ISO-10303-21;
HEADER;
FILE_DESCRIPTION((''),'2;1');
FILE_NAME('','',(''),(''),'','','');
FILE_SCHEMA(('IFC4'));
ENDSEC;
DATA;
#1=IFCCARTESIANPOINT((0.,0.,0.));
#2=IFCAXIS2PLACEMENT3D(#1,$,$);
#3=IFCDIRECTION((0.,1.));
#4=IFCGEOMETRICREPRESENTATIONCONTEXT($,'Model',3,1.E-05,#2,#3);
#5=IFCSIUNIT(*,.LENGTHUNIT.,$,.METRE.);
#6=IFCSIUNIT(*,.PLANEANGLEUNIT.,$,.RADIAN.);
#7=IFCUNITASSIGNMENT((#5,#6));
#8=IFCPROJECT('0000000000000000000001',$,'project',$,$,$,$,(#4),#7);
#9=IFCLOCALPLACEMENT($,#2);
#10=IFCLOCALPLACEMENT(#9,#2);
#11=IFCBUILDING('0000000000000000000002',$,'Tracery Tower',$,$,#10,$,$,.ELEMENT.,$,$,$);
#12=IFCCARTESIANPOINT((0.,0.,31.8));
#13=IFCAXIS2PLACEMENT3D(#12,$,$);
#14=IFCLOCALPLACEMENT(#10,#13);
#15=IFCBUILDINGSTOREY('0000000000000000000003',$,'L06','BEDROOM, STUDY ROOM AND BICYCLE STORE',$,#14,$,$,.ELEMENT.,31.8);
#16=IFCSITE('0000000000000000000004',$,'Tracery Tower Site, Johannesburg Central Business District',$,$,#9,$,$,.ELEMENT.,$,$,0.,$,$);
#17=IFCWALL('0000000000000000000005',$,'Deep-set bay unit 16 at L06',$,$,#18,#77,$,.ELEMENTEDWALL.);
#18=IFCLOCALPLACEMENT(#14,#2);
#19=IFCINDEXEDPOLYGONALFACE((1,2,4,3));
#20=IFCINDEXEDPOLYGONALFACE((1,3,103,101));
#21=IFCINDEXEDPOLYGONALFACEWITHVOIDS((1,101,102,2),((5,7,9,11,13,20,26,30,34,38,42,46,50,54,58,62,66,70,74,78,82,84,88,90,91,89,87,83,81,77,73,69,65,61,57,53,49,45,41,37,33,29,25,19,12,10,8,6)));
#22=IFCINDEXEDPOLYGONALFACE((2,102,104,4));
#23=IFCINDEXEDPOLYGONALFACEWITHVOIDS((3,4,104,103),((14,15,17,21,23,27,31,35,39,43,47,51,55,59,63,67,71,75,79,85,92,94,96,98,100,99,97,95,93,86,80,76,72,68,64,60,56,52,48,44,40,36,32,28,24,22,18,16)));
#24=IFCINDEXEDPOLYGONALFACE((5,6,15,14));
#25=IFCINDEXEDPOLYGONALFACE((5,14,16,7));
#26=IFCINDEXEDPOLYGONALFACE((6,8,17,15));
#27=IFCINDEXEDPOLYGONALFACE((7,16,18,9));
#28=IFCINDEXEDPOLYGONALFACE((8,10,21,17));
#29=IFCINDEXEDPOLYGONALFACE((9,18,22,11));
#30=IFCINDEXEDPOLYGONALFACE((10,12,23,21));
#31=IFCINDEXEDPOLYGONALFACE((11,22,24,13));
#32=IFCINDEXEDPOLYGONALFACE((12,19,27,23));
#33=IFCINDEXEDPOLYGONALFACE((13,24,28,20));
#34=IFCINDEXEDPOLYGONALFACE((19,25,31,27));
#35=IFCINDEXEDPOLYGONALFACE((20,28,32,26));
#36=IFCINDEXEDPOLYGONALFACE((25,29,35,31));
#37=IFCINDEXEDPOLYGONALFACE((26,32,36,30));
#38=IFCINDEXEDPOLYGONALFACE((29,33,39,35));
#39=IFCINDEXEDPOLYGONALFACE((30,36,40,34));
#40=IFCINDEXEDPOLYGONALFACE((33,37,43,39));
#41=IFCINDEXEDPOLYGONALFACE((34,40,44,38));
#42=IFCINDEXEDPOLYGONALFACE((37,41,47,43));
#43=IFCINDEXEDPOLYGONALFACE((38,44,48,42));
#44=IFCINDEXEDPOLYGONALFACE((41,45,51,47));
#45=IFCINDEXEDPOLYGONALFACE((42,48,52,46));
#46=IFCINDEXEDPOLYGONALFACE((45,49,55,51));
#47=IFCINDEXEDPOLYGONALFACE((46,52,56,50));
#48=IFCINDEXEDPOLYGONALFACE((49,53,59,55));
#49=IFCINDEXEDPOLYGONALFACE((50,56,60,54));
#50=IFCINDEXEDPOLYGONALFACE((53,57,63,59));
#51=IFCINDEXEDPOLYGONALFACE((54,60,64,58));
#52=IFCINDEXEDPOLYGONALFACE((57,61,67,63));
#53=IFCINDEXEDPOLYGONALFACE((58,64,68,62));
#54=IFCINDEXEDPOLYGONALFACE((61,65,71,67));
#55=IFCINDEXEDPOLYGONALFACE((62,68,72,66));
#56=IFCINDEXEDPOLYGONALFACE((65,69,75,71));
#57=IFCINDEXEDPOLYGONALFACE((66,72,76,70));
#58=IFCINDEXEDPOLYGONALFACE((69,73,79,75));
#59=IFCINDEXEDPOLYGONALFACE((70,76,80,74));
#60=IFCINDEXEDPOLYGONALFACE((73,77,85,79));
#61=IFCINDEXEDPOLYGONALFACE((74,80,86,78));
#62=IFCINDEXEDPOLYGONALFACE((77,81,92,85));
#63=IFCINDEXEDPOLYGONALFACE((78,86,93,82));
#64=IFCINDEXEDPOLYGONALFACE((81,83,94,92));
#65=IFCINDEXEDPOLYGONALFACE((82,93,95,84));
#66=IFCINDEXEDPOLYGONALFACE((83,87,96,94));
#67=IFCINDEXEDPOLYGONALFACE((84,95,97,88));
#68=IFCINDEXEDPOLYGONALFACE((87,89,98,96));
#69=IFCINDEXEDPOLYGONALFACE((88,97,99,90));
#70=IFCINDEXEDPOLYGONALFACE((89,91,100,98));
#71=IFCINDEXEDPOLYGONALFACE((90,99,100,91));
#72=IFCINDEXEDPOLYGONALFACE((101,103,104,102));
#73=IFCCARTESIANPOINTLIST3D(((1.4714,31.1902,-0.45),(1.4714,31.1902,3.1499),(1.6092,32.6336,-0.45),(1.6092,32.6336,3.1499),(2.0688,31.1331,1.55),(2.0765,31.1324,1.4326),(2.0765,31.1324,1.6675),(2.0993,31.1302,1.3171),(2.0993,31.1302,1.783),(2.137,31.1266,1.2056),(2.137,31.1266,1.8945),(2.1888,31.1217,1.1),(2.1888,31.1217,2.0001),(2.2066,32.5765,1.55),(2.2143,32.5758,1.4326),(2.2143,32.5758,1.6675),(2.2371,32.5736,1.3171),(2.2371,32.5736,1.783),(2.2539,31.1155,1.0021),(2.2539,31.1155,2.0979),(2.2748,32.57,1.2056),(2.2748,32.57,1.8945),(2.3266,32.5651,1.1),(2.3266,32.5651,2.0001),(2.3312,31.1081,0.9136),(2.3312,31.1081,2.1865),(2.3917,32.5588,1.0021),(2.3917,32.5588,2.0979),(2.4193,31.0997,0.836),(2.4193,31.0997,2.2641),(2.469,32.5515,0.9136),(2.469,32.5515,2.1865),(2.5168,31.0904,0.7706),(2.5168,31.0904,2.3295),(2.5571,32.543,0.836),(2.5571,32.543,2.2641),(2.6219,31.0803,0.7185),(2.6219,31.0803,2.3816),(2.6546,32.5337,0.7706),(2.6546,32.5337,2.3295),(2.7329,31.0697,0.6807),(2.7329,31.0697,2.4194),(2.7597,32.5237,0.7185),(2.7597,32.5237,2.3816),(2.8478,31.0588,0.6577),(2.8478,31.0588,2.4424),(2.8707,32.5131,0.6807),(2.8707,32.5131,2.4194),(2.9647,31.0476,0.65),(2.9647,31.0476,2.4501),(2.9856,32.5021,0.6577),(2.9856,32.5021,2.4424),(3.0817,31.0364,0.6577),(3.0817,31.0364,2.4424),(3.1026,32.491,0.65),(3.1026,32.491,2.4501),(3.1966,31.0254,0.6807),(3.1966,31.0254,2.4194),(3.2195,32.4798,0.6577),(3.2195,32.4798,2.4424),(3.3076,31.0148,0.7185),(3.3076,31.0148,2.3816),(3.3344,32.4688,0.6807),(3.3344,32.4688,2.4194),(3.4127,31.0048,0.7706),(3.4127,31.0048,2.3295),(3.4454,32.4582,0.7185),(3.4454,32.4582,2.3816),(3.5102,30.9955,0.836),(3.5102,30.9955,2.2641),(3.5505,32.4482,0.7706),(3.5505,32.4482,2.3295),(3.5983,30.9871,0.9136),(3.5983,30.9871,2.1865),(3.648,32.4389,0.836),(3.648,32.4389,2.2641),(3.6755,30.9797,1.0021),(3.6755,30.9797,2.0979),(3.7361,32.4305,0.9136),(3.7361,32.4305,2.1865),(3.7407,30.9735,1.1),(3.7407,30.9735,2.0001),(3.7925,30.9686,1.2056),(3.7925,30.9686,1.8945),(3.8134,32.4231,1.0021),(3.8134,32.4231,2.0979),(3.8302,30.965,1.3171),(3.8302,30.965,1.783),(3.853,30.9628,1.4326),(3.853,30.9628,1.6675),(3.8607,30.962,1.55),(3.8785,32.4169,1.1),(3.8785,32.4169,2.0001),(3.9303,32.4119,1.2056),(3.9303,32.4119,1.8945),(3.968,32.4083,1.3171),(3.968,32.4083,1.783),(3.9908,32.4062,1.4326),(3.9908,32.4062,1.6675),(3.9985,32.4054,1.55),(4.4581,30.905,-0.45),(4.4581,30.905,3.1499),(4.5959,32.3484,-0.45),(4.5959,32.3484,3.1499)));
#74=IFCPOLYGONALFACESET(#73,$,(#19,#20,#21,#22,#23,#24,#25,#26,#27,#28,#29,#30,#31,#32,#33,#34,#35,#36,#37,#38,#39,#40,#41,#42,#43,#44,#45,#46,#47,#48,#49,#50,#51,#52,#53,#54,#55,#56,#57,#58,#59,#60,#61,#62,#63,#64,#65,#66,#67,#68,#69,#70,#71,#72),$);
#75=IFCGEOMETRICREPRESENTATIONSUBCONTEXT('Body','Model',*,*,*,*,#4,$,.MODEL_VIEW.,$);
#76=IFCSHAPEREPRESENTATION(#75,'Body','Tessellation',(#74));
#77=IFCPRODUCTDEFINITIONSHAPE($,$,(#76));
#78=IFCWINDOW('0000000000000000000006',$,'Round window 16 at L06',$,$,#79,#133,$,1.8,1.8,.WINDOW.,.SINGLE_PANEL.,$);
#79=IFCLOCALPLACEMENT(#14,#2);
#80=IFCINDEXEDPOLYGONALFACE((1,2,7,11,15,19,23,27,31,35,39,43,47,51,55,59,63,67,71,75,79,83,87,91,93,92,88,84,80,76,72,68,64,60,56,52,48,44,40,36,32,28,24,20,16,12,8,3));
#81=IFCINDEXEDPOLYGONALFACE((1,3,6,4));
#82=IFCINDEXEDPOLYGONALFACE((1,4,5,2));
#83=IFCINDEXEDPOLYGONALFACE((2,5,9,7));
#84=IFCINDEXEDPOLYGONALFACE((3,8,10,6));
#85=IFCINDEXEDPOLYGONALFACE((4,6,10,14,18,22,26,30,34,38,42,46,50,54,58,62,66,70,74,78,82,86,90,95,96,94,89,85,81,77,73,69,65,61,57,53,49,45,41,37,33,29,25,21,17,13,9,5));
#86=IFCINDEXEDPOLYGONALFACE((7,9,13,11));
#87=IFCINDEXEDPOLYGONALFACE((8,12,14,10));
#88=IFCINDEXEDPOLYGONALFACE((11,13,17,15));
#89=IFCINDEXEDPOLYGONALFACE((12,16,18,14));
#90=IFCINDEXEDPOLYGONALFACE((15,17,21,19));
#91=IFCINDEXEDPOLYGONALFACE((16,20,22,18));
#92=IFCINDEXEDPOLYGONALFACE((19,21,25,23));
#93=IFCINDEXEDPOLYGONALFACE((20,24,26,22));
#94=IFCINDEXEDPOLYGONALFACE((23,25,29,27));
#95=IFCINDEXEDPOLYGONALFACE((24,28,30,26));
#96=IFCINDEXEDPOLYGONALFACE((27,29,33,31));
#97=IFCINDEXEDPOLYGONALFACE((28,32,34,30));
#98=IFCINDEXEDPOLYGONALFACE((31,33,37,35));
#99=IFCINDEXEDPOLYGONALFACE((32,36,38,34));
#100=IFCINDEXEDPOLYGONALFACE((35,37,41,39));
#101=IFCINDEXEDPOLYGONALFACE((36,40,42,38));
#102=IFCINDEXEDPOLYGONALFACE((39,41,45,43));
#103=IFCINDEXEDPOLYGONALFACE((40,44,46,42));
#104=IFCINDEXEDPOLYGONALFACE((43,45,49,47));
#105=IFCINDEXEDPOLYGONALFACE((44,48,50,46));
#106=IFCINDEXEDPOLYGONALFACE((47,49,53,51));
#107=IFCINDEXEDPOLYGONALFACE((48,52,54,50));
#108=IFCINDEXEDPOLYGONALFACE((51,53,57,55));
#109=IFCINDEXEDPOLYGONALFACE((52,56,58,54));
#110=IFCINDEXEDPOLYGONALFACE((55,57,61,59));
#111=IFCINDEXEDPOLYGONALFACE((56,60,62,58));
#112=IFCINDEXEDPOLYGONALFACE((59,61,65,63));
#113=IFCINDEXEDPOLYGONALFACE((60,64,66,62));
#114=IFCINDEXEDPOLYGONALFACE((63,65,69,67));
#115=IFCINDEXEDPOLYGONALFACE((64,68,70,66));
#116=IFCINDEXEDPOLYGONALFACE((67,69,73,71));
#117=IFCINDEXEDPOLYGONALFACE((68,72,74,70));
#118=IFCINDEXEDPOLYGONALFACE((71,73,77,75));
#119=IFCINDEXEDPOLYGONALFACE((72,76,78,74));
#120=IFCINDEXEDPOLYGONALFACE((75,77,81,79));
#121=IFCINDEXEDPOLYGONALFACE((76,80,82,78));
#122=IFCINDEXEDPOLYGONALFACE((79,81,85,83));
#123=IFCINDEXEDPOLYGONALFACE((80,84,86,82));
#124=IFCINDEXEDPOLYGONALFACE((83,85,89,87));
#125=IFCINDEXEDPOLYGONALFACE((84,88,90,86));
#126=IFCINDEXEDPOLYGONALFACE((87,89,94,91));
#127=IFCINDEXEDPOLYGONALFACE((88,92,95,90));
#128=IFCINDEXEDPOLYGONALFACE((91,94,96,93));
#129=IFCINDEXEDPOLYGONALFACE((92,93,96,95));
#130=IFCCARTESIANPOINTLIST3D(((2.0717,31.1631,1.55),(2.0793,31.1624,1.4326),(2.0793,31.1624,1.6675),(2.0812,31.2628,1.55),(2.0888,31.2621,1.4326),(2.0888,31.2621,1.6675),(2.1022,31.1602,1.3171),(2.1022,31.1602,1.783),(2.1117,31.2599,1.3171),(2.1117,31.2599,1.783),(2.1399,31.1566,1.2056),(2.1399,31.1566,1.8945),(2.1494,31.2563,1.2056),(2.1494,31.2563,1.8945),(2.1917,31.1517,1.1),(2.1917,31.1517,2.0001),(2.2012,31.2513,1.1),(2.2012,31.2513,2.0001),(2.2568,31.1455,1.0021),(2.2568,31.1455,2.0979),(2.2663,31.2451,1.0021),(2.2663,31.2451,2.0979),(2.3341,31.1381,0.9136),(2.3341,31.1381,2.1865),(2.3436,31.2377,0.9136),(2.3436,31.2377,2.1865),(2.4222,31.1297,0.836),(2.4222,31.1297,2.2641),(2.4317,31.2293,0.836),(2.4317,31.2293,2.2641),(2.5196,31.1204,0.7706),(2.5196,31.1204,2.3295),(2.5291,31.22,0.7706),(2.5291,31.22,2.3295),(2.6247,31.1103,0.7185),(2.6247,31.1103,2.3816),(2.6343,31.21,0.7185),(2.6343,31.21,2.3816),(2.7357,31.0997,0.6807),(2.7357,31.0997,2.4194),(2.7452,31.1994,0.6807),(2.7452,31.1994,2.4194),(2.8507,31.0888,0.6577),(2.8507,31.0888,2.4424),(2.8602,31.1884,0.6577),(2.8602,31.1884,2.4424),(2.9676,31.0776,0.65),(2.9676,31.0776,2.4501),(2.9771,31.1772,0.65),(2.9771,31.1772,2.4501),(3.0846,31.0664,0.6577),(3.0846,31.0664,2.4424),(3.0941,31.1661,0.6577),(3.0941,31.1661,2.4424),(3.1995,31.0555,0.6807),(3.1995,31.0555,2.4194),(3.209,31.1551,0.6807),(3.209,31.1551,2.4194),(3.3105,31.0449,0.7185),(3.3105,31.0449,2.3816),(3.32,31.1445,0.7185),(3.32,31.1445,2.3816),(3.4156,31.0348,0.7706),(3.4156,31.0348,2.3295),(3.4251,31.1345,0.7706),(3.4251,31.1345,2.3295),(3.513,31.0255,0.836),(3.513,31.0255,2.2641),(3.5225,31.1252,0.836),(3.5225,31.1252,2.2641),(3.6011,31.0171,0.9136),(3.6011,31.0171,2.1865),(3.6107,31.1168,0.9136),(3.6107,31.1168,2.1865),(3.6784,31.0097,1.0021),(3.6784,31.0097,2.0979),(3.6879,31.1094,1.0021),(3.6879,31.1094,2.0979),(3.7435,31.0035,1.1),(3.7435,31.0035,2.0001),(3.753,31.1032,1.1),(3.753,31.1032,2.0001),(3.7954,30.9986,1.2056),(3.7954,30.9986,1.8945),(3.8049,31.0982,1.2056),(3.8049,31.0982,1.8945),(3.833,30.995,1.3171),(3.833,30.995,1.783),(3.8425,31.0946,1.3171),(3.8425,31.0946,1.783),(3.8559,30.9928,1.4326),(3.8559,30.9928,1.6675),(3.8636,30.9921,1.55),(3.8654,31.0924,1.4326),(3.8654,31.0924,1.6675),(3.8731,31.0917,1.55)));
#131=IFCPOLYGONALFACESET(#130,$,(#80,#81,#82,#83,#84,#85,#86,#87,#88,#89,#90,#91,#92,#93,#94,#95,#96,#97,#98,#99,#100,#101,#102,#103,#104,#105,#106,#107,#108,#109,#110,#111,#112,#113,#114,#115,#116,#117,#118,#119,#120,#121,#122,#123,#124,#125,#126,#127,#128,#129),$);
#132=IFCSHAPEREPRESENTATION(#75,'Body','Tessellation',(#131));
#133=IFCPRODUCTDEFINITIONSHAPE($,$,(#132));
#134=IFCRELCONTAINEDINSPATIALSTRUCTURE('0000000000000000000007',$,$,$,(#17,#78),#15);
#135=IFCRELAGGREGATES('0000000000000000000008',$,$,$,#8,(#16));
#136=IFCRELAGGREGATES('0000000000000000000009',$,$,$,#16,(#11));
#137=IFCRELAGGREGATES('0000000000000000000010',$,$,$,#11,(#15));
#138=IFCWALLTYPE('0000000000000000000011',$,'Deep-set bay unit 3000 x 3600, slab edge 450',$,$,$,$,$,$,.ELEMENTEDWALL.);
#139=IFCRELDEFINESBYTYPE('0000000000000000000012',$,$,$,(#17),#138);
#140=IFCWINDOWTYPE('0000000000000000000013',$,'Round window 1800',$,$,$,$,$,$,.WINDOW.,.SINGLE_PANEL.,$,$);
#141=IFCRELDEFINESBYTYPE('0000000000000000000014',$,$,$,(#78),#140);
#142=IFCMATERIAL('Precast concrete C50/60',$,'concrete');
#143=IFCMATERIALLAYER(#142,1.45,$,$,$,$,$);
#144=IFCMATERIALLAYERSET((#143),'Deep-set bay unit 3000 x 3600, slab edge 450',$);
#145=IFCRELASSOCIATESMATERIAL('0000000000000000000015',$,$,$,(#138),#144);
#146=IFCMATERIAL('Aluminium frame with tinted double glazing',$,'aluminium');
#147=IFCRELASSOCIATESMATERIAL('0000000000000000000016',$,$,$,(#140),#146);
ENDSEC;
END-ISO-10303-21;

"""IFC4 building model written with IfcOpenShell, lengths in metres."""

from ifc_helpers import new_model, si_unit, direction, frame, frame_2d, origin, origin_2d, place, context, subcontext, project, spatial, rectangle, circle, extrude, material, layer, layer_set, type_object, element, fill, save


model = new_model("IFC4")

# Units and contexts
model_context = context("Model", 3, precision=1e-05, world=origin(), true_north=direction((0.0, 1.0)))
body_context = subcontext(model_context, "Body", "Model", "MODEL_VIEW")
ifc_project = project(units=[si_unit("LENGTHUNIT", "METRE"), si_unit("PLANEANGLEUNIT", "RADIAN")], contexts=[model_context])

# Site, building, storey
site_placement = place(None, origin())
site = spatial("IfcSite", under=ifc_project, at=site_placement, Name="Tracery Tower Site, Johannesburg Central Business District", CompositionType="ELEMENT", RefElevation=0.0)
building_placement = place(site_placement, origin())
building = spatial("IfcBuilding", under=site, at=building_placement, Name="Tracery Tower", CompositionType="ELEMENT")
storey_placement = place(building_placement, frame((0.0, 0.0, 31.8)))
storey = spatial("IfcBuildingStorey", under=building, at=storey_placement, Name="L06", Description="BEDROOM, STUDY ROOM AND BICYCLE STORE", CompositionType="ELEMENT", Elevation=31.8)

# Wall, opening, window
ifc_material_1 = material(Name="Precast concrete C50/60", Category="concrete")
ifc_layer_1 = layer(ifc_material_1, 1.45)
ifc_layer_set_1 = layer_set([ifc_layer_1], Name="Deep-set bay unit 3000 x 3600, slab edge 450")
wall_type_1 = type_object("IfcWallType", Name="Deep-set bay unit 3000 x 3600, slab edge 450", PredefinedType="ELEMENTEDWALL", material=ifc_layer_set_1)
wall_1_placement = place(storey_placement, frame((4.5269, 31.6267, -0.45), z_axis=(0.0, 0.0, 1.0), x_axis=(-0.995473, 0.095047, 0.0)))
wall_1 = element("IfcWall", 1, at=wall_1_placement, inside=storey, type_object=wall_type_1, Name="Deep-set bay unit 16 at L06", PredefinedType="ELEMENTEDWALL", context=body_context, shape_type="SweptSolid", body=[
    extrude(rectangle(XDim=3.0002, YDim=1.45, at=frame_2d((1.5, 0.0))), origin(), (0.0, 0.0, 1.0), 3.5999),
])
opening_1_placement = place(wall_1_placement, frame((1.5, 0.0, 2.0)))
opening_1 = element("IfcOpeningElement", 2, at=opening_1_placement, cuts=wall_1, PredefinedType="OPENING", context=body_context, shape_type="SweptSolid", body=[
    extrude(circle(Radius=0.9, at=origin_2d()), frame((0.0, 0.7349, 0.0), z_axis=(0.0, -1.0, 0.0), x_axis=(1.0, 0.0, 0.0)), (0.0, 0.0, 1.0), 1.47),
])
ifc_material_2 = material(Name="Aluminium frame with tinted double glazing", Category="aluminium")
window_type = type_object("IfcWindowType", Name="Round window 1800", PartitioningType="SINGLE_PANEL", PredefinedType="WINDOW", material=ifc_material_2)
window_1_placement = place(opening_1_placement, origin())
window_1 = element("IfcWindow", 3, at=window_1_placement, inside=storey, type_object=window_type, Name="Round window 16 at L06", OverallHeight=1.8, OverallWidth=1.8, PartitioningType="SINGLE_PANEL", PredefinedType="WINDOW", context=body_context, shape_type="SweptSolid", body=[
    extrude(circle(Radius=0.9, at=origin_2d()), frame((0.0, 0.6948, 0.0), z_axis=(0.0, -1.0, 0.0), x_axis=(1.0, 0.0, 0.0)), (0.0, 0.0, 1.0), 0.1001),
])
fill(opening_1, window_1)

save(model, "model.ifc")
